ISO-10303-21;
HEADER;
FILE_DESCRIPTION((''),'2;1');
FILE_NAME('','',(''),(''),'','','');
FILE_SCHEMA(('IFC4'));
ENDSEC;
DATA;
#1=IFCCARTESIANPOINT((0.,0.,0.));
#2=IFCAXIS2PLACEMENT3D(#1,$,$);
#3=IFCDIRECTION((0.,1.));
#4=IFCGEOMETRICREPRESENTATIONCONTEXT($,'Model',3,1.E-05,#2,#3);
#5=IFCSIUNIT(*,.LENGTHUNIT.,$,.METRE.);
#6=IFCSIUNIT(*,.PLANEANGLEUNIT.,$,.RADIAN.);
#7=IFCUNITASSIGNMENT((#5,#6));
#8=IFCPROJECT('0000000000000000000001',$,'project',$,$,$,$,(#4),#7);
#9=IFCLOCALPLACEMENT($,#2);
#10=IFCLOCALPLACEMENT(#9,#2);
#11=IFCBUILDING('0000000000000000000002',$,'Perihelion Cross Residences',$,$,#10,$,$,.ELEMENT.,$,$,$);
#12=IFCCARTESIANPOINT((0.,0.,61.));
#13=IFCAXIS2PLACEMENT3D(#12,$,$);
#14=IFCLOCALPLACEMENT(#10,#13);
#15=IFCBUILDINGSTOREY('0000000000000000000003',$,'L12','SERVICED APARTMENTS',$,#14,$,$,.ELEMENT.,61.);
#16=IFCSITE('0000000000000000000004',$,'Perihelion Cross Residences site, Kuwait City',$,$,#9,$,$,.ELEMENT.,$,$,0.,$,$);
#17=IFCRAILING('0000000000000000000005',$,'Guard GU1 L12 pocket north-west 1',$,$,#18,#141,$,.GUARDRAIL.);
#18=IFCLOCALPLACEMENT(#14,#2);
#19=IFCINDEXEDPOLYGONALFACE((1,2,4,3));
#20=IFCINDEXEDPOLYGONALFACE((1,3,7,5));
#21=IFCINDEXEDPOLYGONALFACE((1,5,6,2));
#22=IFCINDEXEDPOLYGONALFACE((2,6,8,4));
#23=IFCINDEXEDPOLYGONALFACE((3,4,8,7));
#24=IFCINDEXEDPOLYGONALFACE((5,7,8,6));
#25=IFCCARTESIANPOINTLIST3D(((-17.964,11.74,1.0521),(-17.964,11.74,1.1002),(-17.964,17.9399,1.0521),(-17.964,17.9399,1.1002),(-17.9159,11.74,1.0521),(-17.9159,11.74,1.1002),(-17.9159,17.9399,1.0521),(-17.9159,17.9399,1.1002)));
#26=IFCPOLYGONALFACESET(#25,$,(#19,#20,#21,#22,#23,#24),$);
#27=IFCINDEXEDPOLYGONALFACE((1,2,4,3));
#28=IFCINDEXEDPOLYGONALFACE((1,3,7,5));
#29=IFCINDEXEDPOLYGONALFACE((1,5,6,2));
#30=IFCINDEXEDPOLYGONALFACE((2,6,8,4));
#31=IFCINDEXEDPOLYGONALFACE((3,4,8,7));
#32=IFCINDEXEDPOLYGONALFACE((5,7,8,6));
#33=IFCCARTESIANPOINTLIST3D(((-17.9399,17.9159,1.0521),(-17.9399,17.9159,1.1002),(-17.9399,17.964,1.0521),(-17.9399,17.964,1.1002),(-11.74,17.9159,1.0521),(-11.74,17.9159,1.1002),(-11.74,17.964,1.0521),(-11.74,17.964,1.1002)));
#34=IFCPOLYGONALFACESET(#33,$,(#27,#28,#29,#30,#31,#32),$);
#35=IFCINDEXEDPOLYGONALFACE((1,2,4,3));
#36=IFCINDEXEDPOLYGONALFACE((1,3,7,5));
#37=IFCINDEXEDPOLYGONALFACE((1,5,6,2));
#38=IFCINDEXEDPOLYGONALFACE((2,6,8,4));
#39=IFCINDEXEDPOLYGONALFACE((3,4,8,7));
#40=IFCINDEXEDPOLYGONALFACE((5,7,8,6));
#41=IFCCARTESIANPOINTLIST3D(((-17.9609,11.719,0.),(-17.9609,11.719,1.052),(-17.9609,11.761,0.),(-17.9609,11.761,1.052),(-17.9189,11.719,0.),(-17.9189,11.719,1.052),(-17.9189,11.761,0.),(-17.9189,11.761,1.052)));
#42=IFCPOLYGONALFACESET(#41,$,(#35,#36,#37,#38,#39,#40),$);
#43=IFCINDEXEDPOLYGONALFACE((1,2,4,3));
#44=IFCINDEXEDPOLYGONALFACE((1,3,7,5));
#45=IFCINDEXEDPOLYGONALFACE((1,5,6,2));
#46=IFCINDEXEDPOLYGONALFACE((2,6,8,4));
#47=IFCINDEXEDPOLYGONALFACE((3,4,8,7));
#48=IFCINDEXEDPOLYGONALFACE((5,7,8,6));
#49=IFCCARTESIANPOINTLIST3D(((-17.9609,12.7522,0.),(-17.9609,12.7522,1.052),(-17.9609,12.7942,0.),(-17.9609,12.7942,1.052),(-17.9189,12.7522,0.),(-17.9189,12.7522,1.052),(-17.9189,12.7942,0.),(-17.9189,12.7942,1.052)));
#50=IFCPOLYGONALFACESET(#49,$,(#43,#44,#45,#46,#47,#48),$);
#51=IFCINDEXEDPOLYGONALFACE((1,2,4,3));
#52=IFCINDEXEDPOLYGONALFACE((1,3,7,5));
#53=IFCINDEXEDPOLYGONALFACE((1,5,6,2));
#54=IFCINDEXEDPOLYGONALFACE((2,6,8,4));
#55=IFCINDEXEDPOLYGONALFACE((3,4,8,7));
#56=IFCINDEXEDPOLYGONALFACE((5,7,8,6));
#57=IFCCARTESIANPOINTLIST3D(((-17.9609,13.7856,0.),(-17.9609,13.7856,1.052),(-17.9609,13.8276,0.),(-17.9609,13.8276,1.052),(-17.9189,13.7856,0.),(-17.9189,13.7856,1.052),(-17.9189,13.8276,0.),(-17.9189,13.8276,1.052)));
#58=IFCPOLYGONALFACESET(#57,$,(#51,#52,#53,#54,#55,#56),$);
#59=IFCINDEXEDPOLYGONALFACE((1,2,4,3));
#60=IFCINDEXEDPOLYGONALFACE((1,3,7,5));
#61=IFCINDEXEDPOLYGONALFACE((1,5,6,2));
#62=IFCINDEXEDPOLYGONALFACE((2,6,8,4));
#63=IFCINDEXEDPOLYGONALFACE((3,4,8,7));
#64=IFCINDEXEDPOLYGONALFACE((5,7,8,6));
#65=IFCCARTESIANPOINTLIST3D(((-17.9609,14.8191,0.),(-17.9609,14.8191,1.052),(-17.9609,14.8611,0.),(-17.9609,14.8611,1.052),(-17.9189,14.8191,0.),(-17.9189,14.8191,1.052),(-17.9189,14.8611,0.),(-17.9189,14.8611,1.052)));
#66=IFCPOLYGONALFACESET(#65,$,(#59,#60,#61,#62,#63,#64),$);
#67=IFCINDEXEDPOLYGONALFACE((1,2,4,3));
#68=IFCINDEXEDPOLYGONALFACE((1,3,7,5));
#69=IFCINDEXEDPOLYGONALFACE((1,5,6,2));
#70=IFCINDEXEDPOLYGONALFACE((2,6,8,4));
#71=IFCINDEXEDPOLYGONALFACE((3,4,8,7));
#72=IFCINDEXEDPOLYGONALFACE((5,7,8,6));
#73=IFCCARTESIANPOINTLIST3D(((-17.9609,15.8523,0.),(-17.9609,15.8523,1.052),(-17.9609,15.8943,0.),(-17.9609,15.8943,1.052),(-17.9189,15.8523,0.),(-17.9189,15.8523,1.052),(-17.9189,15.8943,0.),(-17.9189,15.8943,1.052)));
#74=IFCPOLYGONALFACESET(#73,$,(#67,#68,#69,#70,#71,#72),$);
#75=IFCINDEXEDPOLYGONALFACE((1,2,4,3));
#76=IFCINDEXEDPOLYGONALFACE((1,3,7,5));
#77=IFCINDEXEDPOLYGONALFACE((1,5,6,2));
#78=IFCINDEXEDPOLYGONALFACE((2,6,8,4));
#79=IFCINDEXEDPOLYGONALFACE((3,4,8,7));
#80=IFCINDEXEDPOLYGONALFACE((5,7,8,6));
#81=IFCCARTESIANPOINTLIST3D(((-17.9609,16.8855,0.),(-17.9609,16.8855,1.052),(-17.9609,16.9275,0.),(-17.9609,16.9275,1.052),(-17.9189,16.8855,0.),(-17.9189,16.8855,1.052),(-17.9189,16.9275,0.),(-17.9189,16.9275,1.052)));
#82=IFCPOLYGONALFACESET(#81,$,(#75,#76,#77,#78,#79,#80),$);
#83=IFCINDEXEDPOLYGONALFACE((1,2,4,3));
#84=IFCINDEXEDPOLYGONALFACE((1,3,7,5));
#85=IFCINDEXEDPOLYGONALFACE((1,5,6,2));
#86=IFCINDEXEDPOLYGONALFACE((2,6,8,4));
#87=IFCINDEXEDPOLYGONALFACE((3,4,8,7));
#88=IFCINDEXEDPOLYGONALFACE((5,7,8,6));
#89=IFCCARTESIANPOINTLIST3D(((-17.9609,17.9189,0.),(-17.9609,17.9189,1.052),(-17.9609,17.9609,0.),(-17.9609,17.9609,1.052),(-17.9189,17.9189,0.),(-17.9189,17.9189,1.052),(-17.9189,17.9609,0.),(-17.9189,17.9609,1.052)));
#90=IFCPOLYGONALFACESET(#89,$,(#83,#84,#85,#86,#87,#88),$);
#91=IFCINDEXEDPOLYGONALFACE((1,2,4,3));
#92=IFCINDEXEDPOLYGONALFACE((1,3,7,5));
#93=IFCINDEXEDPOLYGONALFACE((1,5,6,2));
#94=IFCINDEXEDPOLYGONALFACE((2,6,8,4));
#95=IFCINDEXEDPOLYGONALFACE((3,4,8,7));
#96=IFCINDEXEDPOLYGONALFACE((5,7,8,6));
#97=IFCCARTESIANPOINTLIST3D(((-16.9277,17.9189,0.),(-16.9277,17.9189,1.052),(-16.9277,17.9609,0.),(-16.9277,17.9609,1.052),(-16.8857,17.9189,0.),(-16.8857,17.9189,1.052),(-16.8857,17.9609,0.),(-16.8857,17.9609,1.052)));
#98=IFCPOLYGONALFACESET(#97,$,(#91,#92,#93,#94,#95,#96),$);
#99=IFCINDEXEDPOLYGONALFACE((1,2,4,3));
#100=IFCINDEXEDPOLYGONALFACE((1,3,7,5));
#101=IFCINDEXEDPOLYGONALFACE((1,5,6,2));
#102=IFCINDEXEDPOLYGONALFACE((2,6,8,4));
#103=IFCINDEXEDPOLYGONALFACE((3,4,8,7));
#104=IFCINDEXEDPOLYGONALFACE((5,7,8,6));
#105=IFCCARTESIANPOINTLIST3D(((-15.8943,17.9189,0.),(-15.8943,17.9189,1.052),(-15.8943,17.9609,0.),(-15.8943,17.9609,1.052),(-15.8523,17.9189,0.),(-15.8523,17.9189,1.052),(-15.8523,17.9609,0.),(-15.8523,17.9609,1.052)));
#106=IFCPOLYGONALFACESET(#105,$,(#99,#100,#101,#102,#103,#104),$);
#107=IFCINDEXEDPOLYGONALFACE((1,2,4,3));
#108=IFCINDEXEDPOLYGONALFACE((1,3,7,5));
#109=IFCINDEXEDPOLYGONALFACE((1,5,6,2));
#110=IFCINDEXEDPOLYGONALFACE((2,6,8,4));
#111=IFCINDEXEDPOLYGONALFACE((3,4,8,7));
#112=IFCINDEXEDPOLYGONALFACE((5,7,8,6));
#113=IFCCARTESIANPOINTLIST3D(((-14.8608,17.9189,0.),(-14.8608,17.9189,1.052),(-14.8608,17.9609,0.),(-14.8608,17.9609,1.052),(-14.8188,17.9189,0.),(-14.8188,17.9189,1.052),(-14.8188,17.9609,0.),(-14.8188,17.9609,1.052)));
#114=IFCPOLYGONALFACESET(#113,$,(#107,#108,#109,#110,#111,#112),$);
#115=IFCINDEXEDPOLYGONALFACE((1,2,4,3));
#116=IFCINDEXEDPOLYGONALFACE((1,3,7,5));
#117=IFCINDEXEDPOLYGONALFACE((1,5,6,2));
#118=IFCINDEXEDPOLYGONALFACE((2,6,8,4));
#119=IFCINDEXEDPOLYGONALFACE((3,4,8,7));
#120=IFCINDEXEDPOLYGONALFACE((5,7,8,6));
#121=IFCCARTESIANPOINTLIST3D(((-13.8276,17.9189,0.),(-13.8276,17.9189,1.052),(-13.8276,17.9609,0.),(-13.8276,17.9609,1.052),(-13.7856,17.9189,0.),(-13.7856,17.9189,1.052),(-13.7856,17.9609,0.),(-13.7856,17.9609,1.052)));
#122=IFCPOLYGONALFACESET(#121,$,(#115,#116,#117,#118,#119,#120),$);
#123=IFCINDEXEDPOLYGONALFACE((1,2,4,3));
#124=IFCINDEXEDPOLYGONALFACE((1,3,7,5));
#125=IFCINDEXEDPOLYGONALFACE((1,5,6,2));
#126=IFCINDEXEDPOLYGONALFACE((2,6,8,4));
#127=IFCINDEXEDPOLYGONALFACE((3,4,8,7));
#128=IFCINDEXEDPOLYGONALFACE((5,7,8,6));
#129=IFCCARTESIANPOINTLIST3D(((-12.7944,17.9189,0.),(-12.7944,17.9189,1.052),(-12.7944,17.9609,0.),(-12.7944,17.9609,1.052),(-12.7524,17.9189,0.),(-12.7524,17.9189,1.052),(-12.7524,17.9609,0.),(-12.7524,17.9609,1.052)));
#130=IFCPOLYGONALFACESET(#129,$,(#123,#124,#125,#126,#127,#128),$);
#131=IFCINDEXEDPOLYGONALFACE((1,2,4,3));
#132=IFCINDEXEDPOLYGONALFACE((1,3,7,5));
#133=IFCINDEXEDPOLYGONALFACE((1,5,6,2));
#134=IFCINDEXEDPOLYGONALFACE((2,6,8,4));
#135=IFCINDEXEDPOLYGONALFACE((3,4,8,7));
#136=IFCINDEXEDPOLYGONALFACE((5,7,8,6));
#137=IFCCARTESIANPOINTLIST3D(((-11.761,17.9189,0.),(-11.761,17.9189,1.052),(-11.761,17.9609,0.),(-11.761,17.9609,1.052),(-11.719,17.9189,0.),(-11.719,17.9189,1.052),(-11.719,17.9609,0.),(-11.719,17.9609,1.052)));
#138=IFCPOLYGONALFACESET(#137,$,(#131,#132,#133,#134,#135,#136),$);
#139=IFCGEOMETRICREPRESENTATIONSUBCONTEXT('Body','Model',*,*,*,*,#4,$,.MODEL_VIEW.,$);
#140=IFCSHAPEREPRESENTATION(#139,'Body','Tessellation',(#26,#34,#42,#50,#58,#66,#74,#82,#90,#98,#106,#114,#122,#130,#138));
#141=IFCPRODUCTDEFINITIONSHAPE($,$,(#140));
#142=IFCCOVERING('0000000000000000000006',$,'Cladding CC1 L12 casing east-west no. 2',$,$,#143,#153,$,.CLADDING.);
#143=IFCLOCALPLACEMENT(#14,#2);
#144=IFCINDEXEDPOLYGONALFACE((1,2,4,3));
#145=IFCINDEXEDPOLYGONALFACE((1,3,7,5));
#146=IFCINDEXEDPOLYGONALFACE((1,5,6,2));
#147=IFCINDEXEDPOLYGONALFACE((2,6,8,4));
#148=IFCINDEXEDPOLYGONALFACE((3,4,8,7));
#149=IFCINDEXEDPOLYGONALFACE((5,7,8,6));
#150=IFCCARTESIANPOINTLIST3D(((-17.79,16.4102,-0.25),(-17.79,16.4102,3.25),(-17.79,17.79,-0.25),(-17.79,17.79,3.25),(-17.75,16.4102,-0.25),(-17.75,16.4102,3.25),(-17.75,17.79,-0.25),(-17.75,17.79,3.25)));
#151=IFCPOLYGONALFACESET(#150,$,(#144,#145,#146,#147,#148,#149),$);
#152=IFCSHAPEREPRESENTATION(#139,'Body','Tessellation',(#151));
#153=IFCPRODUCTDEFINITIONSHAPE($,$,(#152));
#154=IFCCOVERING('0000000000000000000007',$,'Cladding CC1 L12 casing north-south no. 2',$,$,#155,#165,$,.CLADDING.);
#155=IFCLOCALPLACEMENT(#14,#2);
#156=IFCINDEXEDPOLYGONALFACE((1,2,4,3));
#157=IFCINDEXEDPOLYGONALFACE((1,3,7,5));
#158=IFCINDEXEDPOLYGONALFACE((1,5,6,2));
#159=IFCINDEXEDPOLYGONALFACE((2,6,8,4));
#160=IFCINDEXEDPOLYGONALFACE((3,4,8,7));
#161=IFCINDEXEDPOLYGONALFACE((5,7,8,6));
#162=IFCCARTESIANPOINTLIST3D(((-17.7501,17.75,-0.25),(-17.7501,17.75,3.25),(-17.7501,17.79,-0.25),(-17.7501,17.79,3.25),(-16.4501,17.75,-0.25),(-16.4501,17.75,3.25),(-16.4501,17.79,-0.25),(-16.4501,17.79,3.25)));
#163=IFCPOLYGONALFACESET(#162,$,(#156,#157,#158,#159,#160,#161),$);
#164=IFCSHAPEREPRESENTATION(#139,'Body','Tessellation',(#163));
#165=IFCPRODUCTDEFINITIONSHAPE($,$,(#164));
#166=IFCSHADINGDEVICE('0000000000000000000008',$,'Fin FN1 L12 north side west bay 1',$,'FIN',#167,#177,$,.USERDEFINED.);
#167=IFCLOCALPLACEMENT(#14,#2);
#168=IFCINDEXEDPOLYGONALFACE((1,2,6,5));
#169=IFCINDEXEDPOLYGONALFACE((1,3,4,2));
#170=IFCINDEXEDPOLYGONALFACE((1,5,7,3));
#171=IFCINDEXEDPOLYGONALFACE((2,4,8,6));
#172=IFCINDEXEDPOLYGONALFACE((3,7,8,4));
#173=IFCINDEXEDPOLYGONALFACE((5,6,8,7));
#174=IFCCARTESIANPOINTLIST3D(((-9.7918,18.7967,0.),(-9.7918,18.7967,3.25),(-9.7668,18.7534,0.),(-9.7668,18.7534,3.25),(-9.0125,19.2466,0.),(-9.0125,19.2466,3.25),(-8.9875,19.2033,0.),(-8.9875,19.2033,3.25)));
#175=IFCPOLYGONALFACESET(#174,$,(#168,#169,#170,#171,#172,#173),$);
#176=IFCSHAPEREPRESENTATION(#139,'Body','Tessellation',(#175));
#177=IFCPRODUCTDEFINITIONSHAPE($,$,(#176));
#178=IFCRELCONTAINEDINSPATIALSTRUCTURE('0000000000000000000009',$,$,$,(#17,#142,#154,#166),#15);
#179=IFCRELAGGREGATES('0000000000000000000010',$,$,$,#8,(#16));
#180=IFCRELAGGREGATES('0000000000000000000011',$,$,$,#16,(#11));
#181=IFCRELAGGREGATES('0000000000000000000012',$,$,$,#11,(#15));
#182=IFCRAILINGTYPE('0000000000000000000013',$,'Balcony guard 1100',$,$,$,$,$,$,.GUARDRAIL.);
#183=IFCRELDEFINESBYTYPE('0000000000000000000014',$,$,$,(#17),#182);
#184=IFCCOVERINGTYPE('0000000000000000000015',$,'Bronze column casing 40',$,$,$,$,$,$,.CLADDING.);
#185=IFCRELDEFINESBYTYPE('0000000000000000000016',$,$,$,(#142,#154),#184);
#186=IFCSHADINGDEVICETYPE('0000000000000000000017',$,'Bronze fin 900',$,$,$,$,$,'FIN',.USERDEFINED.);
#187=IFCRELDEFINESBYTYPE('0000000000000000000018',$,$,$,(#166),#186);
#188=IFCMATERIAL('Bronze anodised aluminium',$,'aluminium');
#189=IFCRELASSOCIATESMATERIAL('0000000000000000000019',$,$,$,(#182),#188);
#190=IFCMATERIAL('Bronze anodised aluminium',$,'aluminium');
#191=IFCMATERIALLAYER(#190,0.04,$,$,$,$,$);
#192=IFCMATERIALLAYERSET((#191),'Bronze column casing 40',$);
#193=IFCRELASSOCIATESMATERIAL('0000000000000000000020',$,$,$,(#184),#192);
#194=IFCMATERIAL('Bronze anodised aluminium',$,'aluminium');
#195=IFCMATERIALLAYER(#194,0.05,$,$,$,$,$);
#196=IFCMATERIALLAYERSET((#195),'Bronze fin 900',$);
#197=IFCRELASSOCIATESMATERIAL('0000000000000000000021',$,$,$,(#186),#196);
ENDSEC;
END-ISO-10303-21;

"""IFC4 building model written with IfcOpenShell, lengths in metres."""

from ifc_helpers import new_model, si_unit, direction, frame, origin, origin_2d, place, context, subcontext, project, spatial, rectangle, extrude, material, layer, layer_set, type_object, element, save


model = new_model("IFC4")

# Units and contexts
model_context = context("Model", 3, precision=1e-05, world=origin(), true_north=direction((0.0, 1.0)))
body_context = subcontext(model_context, "Body", "Model", "MODEL_VIEW")
ifc_project = project(units=[si_unit("LENGTHUNIT", "METRE"), si_unit("PLANEANGLEUNIT", "RADIAN")], contexts=[model_context])

# Site, building, storey
site_placement = place(None, origin())
site = spatial("IfcSite", under=ifc_project, at=site_placement, Name="Perihelion Cross Residences site, Kuwait City", CompositionType="ELEMENT", RefElevation=0.0)
building_placement = place(site_placement, origin())
building = spatial("IfcBuilding", under=site, at=building_placement, Name="Perihelion Cross Residences", CompositionType="ELEMENT")
storey_placement = place(building_placement, frame((0.0, 0.0, 61.0)))
storey = spatial("IfcBuildingStorey", under=building, at=storey_placement, Name="L12", Description="SERVICED APARTMENTS", CompositionType="ELEMENT", Elevation=61.0)

# Railing
ifc_material_1 = material(Name="Bronze anodised aluminium", Category="aluminium")
railing_type = type_object("IfcRailingType", Name="Balcony guard 1100", PredefinedType="GUARDRAIL", material=ifc_material_1)
railing_1_placement = place(storey_placement, frame((-17.9399, 11.74, 0.0)))
element("IfcRailing", 1, at=railing_1_placement, inside=storey, type_object=railing_type, Name="Guard GU1 L12 pocket north-west 1", PredefinedType="GUARDRAIL", context=body_context, shape_type="SweptSolid", body=[
    extrude(rectangle(XDim=0.0481, YDim=0.0481, at=origin_2d()), frame((0.0, 0.0, 1.0762), z_axis=(0.0, 1.0, 0.0), x_axis=(-1.0, 0.0, 0.0)), (0.0, 0.0, 1.0), 6.2),
    extrude(rectangle(XDim=0.0481, YDim=0.0481, at=origin_2d()), frame((0.0, 6.2, 1.0762), z_axis=(1.0, 0.0, 0.0), x_axis=(0.0, 1.0, 0.0)), (0.0, 0.0, 1.0), 6.2),
    extrude(rectangle(XDim=0.042, YDim=0.042, at=origin_2d()), origin(), (0.0, 0.0, 1.0), 1.052),
    extrude(rectangle(XDim=0.042, YDim=0.042, at=origin_2d()), frame((0.0, 1.0332, 0.0)), (0.0, 0.0, 1.0), 1.052),
    extrude(rectangle(XDim=0.042, YDim=0.042, at=origin_2d()), frame((0.0, 2.0667, 0.0)), (0.0, 0.0, 1.0), 1.052),
    extrude(rectangle(XDim=0.042, YDim=0.042, at=origin_2d()), frame((0.0, 3.1001, 0.0)), (0.0, 0.0, 1.0), 1.052),
    extrude(rectangle(XDim=0.042, YDim=0.042, at=origin_2d()), frame((0.0, 4.1333, 0.0)), (0.0, 0.0, 1.0), 1.052),
    extrude(rectangle(XDim=0.042, YDim=0.042, at=origin_2d()), frame((0.0, 5.1665, 0.0)), (0.0, 0.0, 1.0), 1.052),
    extrude(rectangle(XDim=0.042, YDim=0.042, at=origin_2d()), frame((0.0, 6.2, 0.0)), (0.0, 0.0, 1.0), 1.052),
    extrude(rectangle(XDim=0.042, YDim=0.042, at=origin_2d()), frame((1.0332, 6.2, 0.0)), (0.0, 0.0, 1.0), 1.052),
    extrude(rectangle(XDim=0.042, YDim=0.042, at=origin_2d()), frame((2.0667, 6.2, 0.0)), (0.0, 0.0, 1.0), 1.052),
    extrude(rectangle(XDim=0.042, YDim=0.042, at=origin_2d()), frame((3.1001, 6.2, 0.0)), (0.0, 0.0, 1.0), 1.052),
    extrude(rectangle(XDim=0.042, YDim=0.042, at=origin_2d()), frame((4.1333, 6.2, 0.0)), (0.0, 0.0, 1.0), 1.052),
    extrude(rectangle(XDim=0.042, YDim=0.042, at=origin_2d()), frame((5.1665, 6.2, 0.0)), (0.0, 0.0, 1.0), 1.052),
    extrude(rectangle(XDim=0.042, YDim=0.042, at=origin_2d()), frame((6.2, 6.2, 0.0)), (0.0, 0.0, 1.0), 1.052),
])

# Coverings
ifc_material_2 = material(Name="Bronze anodised aluminium", Category="aluminium")
ifc_layer_1 = layer(ifc_material_2, 0.04)
ifc_layer_set_1 = layer_set([ifc_layer_1], Name="Bronze column casing 40")
covering_type = type_object("IfcCoveringType", Name="Bronze column casing 40", PredefinedType="CLADDING", material=ifc_layer_set_1)
covering_1_placement = place(storey_placement, frame((-17.77, 17.1001, -0.25), z_axis=(0.0, 0.0, 1.0), x_axis=(1.0, 0.0, 0.0)))
element("IfcCovering", 2, at=covering_1_placement, inside=storey, type_object=covering_type, Name="Cladding CC1 L12 casing east-west no. 2", PredefinedType="CLADDING", context=body_context, shape_type="SweptSolid", body=[
    extrude(rectangle(XDim=0.04, YDim=1.3799, at=origin_2d()), origin(), (0.0, 0.0, 1.0), 3.5),
])
covering_2_placement = place(storey_placement, frame((-17.1001, 17.77, -0.25), z_axis=(0.0, 0.0, 1.0), x_axis=(1.0, 0.0, 0.0)))
element("IfcCovering", 3, at=covering_2_placement, inside=storey, type_object=covering_type, Name="Cladding CC1 L12 casing north-south no. 2", PredefinedType="CLADDING", context=body_context, shape_type="SweptSolid", body=[
    extrude(rectangle(XDim=1.3, YDim=0.04, at=origin_2d()), origin(), (0.0, 0.0, 1.0), 3.5),
])

# Shading device
ifc_material_3 = material(Name="Bronze anodised aluminium", Category="aluminium")
ifc_layer_2 = layer(ifc_material_3, 0.05)
ifc_layer_set_2 = layer_set([ifc_layer_2], Name="Bronze fin 900")
shading_device_type = type_object("IfcShadingDeviceType", Name="Bronze fin 900", ElementType="FIN", PredefinedType="USERDEFINED", material=ifc_layer_set_2)
shading_device_placement = place(storey_placement, frame((-9.3896, 19.0, 0.0), z_axis=(0.0, 0.0, 1.0), x_axis=(-0.866025, -0.5, 0.0)))
element("IfcShadingDevice", 4, at=shading_device_placement, inside=storey, type_object=shading_device_type, Name="Fin FN1 L12 north side west bay 1", ObjectType="FIN", PredefinedType="USERDEFINED", context=body_context, shape_type="SweptSolid", body=[
    extrude(rectangle(XDim=0.8999, YDim=0.05, at=origin_2d()), origin(), (0.0, 0.0, 1.0), 3.25),
])

save(model, "model.ifc")
